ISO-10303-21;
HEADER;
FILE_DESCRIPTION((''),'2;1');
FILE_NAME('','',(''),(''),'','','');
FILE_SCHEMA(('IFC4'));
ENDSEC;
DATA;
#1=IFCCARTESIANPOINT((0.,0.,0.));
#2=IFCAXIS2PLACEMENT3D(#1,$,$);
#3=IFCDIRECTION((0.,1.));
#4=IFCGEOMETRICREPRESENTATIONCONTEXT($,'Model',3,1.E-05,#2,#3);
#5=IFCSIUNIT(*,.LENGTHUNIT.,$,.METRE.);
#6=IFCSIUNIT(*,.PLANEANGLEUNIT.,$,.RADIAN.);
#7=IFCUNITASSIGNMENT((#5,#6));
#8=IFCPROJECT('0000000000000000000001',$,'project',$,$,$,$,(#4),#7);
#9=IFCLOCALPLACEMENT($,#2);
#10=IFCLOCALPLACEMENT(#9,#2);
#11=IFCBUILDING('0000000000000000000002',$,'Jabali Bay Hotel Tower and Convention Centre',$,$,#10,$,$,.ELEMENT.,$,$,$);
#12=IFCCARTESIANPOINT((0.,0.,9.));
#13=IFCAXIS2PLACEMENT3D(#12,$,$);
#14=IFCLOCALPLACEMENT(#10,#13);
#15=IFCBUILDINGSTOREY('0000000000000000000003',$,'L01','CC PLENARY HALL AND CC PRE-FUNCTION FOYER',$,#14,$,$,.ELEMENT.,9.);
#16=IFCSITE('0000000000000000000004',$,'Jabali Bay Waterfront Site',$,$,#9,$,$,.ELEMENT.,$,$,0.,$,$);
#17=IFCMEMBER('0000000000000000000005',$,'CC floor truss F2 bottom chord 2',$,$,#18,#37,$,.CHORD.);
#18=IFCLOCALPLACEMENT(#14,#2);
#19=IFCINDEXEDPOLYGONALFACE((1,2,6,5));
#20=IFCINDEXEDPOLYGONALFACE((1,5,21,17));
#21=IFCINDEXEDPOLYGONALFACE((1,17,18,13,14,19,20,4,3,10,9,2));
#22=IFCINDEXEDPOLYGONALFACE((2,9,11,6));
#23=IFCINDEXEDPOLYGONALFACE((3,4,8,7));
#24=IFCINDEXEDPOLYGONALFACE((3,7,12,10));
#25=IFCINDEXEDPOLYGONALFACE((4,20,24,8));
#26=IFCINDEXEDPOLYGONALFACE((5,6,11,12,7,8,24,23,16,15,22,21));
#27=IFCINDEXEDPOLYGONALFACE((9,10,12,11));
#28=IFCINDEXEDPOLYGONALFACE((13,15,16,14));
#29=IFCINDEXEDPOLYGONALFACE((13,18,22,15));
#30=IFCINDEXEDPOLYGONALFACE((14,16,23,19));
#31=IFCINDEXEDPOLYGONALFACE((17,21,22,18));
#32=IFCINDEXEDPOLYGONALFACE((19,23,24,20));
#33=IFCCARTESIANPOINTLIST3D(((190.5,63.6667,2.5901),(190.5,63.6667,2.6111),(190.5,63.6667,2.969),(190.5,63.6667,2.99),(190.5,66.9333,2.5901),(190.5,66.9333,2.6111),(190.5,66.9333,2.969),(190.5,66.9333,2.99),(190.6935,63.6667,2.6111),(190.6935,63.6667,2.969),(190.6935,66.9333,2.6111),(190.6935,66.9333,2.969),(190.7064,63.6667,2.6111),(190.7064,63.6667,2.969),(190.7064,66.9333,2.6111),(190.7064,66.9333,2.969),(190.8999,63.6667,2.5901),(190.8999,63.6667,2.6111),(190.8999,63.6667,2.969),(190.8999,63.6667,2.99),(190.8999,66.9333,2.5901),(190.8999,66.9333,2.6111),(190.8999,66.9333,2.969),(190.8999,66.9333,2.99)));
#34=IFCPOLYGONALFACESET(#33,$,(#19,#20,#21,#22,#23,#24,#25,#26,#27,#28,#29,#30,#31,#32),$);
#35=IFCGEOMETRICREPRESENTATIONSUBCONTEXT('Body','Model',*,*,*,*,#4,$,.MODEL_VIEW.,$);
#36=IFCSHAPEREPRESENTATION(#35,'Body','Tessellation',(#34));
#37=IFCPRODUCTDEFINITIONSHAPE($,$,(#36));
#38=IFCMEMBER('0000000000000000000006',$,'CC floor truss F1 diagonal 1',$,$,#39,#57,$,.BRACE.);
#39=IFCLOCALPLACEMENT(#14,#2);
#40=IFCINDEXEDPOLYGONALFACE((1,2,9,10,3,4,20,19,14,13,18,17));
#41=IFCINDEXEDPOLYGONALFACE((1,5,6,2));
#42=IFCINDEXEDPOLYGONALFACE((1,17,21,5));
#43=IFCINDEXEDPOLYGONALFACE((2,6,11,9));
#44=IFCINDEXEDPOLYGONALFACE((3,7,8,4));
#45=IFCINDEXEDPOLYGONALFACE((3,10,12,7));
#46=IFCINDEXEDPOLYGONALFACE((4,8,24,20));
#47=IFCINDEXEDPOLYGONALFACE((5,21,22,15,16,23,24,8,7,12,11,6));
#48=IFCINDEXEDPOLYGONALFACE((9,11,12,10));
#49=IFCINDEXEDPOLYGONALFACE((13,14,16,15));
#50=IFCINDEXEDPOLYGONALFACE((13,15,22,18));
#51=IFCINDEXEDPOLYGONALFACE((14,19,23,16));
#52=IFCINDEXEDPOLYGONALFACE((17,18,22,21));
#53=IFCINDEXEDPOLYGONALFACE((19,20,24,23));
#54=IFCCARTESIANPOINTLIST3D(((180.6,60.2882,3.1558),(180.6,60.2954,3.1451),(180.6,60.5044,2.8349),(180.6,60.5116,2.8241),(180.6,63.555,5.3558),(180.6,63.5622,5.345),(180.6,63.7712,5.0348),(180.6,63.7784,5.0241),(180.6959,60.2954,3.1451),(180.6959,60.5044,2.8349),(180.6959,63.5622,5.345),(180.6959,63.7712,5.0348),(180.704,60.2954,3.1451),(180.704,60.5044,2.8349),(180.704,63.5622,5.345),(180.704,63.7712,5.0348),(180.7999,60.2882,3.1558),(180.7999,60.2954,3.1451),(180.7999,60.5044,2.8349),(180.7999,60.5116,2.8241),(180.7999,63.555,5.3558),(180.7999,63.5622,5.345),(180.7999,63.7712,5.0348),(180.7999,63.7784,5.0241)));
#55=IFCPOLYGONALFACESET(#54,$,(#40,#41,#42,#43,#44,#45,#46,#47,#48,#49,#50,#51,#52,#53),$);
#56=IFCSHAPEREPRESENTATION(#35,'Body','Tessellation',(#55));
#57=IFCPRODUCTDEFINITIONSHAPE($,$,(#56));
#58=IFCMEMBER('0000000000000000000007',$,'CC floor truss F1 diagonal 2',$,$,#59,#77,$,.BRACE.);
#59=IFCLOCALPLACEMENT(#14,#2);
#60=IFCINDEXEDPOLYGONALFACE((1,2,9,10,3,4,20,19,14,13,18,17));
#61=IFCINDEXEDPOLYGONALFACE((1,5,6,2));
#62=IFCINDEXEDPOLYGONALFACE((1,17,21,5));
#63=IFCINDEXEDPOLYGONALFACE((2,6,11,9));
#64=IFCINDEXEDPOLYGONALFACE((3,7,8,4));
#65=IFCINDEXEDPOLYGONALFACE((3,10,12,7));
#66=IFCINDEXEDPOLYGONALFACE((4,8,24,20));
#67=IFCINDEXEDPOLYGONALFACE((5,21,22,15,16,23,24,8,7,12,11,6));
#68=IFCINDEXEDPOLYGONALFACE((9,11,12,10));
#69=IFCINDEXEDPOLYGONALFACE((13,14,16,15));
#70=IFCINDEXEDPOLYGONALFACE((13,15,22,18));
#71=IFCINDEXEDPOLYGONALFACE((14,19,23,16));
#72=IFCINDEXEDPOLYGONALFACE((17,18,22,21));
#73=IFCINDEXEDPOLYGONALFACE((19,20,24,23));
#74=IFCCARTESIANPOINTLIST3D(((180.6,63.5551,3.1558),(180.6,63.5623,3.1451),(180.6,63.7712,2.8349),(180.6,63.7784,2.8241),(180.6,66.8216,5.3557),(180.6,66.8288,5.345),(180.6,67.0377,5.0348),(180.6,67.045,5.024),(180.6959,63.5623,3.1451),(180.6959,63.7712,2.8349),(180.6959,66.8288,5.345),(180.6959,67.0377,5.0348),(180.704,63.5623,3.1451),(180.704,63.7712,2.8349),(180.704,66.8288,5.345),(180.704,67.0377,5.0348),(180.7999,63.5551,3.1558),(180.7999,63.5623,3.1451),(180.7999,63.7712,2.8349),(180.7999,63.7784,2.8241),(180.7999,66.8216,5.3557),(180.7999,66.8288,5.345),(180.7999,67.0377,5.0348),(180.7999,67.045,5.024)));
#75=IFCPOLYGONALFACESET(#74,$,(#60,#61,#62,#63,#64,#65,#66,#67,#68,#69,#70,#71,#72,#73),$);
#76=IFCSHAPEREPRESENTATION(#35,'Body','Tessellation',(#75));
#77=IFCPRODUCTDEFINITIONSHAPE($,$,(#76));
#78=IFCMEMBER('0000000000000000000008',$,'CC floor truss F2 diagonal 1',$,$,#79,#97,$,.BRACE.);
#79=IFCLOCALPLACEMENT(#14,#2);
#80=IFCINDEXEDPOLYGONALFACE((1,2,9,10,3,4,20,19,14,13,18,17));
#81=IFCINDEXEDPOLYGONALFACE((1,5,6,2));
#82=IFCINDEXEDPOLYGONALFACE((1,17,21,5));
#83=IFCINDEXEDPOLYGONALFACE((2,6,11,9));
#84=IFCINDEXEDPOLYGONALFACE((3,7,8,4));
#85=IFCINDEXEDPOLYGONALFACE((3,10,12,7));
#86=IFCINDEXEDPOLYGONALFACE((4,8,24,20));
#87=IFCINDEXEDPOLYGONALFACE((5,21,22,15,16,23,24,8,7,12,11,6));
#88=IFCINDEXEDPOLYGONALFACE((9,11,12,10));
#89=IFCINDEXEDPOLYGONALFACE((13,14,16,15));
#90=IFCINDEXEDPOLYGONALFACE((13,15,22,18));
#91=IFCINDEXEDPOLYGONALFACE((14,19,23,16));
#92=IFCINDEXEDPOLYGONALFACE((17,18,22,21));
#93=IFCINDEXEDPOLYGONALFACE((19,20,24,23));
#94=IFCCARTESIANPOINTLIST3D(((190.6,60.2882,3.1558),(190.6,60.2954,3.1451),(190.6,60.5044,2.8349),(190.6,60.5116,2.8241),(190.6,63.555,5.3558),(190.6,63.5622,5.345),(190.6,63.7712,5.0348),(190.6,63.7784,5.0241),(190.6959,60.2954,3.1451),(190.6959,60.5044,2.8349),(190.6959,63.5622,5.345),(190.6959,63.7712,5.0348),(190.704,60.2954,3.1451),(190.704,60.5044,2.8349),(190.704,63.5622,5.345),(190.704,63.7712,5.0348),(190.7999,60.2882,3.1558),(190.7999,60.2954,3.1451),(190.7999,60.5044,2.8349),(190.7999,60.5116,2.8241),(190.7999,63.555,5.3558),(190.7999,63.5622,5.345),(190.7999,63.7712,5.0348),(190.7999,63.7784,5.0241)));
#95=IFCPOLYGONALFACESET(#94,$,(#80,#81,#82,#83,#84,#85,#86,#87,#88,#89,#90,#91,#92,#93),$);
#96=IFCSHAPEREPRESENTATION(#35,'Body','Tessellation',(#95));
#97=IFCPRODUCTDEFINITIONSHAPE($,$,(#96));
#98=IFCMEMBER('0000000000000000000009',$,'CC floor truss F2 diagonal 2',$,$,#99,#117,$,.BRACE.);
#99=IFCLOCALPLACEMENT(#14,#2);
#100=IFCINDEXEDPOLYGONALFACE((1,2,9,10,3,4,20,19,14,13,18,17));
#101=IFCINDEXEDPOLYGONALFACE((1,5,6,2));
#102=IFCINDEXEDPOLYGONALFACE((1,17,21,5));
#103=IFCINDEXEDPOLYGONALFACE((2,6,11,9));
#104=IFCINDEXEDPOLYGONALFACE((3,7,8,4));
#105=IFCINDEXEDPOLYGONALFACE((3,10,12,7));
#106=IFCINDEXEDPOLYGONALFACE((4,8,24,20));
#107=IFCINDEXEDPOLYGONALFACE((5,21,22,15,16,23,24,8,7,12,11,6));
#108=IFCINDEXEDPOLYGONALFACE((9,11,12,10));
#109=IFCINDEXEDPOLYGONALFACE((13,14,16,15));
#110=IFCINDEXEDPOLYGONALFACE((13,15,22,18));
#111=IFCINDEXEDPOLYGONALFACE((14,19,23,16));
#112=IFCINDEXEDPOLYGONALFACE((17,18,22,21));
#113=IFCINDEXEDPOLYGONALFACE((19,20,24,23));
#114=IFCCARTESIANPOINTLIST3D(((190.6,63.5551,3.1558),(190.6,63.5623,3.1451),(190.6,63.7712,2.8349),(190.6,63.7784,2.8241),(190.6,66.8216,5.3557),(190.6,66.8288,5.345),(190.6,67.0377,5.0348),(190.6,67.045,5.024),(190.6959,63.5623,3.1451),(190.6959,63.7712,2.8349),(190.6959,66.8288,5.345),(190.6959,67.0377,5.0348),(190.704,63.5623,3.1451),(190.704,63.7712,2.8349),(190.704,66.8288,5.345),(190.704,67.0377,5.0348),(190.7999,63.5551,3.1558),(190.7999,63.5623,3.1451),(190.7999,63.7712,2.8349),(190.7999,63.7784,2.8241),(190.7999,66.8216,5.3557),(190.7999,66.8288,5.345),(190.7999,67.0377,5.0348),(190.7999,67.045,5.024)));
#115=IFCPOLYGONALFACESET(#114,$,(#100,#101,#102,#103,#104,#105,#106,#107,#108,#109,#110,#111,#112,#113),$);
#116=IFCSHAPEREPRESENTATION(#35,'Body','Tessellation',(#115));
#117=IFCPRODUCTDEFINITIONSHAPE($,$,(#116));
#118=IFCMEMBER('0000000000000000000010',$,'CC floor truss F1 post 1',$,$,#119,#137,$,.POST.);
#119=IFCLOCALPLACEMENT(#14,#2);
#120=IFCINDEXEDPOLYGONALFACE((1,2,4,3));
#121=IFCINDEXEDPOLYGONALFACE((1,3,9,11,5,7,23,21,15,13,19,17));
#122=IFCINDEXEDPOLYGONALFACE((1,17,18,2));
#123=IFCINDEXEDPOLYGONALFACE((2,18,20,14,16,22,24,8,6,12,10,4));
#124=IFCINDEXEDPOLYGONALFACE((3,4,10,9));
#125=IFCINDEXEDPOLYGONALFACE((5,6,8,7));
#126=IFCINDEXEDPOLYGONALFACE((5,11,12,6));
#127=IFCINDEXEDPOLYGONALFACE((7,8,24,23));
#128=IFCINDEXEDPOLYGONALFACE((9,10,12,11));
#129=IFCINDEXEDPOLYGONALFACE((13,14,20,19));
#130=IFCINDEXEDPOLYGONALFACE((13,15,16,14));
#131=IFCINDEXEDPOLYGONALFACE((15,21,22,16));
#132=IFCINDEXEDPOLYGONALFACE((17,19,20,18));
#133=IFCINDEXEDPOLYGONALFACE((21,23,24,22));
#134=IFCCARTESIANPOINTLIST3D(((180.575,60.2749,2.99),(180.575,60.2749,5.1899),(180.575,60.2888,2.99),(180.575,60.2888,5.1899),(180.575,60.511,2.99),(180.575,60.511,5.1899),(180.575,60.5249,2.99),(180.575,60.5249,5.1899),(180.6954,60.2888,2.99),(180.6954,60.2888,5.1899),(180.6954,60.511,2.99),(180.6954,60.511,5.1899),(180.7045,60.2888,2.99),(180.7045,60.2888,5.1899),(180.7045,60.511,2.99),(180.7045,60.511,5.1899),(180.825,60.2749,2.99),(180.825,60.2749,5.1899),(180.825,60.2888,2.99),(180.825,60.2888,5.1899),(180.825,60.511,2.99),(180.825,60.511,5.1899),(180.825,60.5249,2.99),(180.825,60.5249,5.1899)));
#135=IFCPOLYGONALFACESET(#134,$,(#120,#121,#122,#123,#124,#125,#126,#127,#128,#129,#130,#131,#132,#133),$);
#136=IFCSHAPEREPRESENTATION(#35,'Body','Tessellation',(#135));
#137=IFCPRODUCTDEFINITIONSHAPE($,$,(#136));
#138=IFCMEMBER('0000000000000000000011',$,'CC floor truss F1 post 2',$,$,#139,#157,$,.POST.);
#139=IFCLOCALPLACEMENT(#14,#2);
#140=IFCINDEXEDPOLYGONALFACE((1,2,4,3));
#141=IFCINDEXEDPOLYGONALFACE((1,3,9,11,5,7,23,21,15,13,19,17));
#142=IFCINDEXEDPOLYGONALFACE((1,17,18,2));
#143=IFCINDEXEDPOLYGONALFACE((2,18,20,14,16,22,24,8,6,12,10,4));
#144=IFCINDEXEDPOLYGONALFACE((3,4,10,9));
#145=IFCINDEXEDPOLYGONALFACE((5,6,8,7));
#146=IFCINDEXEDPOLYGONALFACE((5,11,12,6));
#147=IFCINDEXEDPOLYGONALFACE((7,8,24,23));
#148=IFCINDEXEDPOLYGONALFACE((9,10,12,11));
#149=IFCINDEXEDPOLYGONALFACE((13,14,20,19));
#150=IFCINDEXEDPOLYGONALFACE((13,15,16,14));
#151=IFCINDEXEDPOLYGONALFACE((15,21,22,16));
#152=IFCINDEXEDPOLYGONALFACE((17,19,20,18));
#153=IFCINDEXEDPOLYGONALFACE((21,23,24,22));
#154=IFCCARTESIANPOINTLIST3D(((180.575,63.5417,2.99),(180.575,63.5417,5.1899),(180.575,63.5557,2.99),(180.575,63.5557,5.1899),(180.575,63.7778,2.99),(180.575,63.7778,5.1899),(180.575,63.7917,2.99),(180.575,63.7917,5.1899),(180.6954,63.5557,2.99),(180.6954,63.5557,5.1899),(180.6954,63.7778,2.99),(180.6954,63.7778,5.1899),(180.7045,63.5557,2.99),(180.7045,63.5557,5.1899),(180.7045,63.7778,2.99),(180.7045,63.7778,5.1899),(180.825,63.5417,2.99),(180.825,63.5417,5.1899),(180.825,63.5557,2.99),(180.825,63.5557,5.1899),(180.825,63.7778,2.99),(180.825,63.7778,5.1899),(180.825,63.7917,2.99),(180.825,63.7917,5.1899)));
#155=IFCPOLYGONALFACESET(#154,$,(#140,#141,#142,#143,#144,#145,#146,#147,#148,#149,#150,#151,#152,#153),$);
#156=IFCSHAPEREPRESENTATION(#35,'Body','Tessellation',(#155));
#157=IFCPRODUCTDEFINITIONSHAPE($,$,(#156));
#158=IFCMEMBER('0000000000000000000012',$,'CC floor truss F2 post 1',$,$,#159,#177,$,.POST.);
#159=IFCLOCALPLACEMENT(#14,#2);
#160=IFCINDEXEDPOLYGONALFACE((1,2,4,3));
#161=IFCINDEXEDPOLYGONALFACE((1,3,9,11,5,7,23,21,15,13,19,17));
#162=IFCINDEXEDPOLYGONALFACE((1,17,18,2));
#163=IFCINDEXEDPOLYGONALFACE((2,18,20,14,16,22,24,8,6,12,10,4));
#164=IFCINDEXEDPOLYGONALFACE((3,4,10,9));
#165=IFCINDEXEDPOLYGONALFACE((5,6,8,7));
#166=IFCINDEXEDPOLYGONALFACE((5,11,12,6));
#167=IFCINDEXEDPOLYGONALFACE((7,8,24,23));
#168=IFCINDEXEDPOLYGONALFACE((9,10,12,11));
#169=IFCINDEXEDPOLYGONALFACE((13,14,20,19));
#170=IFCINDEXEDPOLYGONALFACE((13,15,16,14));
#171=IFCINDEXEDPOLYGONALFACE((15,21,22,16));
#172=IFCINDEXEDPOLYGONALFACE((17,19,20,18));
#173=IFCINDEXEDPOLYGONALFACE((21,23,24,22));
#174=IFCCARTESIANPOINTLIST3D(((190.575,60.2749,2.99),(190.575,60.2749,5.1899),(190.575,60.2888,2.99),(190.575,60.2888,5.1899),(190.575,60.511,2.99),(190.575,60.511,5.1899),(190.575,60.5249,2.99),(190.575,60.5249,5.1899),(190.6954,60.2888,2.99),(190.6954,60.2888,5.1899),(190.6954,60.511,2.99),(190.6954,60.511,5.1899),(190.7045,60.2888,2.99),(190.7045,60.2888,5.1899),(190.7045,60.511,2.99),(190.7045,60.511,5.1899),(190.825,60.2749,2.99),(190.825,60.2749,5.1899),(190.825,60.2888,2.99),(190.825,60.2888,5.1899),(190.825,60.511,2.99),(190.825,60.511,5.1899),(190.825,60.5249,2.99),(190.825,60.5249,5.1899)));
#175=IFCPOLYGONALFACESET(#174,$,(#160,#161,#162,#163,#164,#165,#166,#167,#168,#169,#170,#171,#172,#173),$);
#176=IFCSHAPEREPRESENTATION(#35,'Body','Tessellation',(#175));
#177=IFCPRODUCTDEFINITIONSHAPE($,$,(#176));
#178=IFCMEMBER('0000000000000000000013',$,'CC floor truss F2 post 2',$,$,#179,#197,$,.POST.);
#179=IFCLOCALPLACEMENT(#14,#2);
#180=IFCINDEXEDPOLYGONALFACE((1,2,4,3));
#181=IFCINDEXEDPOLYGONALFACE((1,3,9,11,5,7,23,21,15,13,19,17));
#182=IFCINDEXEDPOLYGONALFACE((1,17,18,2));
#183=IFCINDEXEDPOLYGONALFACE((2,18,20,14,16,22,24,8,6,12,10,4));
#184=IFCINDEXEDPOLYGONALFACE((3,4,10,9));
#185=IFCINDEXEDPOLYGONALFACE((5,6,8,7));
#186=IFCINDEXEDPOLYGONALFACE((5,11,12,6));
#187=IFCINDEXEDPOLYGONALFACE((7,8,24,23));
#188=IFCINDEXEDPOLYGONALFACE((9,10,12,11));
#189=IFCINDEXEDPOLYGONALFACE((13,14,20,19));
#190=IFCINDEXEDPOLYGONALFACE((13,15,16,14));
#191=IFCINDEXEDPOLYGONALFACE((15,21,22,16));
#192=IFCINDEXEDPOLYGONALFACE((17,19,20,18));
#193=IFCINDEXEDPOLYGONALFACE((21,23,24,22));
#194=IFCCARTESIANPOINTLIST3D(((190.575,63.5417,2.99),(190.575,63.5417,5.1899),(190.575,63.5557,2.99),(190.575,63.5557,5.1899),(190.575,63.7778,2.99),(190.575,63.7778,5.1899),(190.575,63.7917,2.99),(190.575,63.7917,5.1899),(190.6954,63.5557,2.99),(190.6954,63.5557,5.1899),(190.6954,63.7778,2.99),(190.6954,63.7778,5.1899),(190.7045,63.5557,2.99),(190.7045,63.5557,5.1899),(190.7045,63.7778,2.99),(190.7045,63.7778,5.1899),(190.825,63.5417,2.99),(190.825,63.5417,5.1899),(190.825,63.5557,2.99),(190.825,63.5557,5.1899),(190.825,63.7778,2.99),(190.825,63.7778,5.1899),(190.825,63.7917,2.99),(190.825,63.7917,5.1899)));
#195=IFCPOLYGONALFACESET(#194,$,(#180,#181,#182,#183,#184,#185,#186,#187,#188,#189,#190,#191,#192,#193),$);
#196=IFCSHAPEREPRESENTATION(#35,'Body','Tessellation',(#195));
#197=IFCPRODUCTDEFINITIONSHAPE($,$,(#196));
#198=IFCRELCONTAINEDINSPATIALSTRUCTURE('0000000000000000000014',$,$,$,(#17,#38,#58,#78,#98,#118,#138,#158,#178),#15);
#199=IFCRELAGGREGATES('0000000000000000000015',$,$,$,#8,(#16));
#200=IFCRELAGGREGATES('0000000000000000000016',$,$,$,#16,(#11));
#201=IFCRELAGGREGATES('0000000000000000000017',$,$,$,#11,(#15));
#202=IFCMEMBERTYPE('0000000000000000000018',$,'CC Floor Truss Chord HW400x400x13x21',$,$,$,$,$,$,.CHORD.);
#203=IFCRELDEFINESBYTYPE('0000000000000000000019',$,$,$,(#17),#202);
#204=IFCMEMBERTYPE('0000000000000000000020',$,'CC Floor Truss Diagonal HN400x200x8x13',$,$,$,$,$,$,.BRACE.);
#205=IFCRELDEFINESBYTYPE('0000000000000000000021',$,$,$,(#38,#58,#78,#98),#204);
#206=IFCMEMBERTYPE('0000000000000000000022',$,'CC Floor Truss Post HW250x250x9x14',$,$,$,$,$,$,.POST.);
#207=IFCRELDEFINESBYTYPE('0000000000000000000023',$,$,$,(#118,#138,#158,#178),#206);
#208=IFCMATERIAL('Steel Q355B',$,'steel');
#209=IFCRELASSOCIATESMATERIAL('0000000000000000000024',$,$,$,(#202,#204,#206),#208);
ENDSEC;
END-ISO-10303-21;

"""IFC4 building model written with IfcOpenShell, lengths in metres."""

from ifc_helpers import new_model, si_unit, direction, frame, origin, origin_2d, place, context, subcontext, project, spatial, i_section, extrude, material, material_profile, profile_set, type_object, element, save


model = new_model("IFC4")

# Units and contexts
model_context = context("Model", 3, precision=1e-05, world=origin(), true_north=direction((0.0, 1.0)))
body_context = subcontext(model_context, "Body", "Model", "MODEL_VIEW")
ifc_project = project(units=[si_unit("LENGTHUNIT", "METRE"), si_unit("PLANEANGLEUNIT", "RADIAN")], contexts=[model_context])

# Site, building, storey
site_placement = place(None, origin())
site = spatial("IfcSite", under=ifc_project, at=site_placement, Name="Jabali Bay Waterfront Site", CompositionType="ELEMENT", RefElevation=0.0)
building_placement = place(site_placement, origin())
building = spatial("IfcBuilding", under=site, at=building_placement, Name="Jabali Bay Hotel Tower and Convention Centre", CompositionType="ELEMENT")
storey_placement = place(building_placement, frame((0.0, 0.0, 9.0)))
storey = spatial("IfcBuildingStorey", under=building, at=storey_placement, Name="L01", Description="CC PLENARY HALL AND CC PRE-FUNCTION FOYER", CompositionType="ELEMENT", Elevation=9.0)

# Members
ifc_material_1 = material(Name="Steel Q355B", Category="steel")
ifc_material_profile_1 = material_profile(ifc_material_1, i_section(OverallWidth=0.3999, OverallDepth=0.3999, WebThickness=0.0129, FlangeThickness=0.021, at=origin_2d()), Name="HW400x400x13x21")
ifc_profile_set_1 = profile_set([ifc_material_profile_1], Name="Steel Q355B")
member_type_1 = type_object("IfcMemberType", Name="CC Floor Truss Chord HW400x400x13x21", PredefinedType="CHORD", material=ifc_profile_set_1)
for number, where, z_axis, x_axis, name in (
    (1, (190.7, 63.6667, 2.79), (0.0, 1.0, 0.0), (-1.0, 0.0, 0.0), "CC floor truss F2 bottom chord 2"),
):
    element("IfcMember", number, at=place(storey_placement, frame(where, z_axis=z_axis, x_axis=x_axis)), inside=storey, type_object=member_type_1, Name=name, PredefinedType="CHORD", context=body_context, shape_type="SweptSolid", body=[
        extrude(i_section(OverallWidth=0.3999, OverallDepth=0.3999, WebThickness=0.0129, FlangeThickness=0.021, at=origin_2d()), origin(), (0.0, 0.0, 1.0), 3.2666),
    ])
ifc_material_profile_2 = material_profile(ifc_material_1, i_section(OverallWidth=0.2, OverallDepth=0.3999, WebThickness=0.0081, FlangeThickness=0.0129, at=origin_2d()), Name="HN400x200x8x13")
ifc_profile_set_2 = profile_set([ifc_material_profile_2], Name="Steel Q355B")
member_type_2 = type_object("IfcMemberType", Name="CC Floor Truss Diagonal HN400x200x8x13", PredefinedType="BRACE", material=ifc_profile_set_2)
member_1_placement = place(storey_placement, frame((180.7, 60.3999, 2.99), z_axis=(0.0, 0.829457, 0.558571), x_axis=(-1.0, 0.0, 0.0)))
element("IfcMember", 2, at=member_1_placement, inside=storey, type_object=member_type_2, Name="CC floor truss F1 diagonal 1", PredefinedType="BRACE", context=body_context, shape_type="SweptSolid", body=[
    extrude(i_section(OverallWidth=0.2, OverallDepth=0.3999, WebThickness=0.0081, FlangeThickness=0.0129, at=origin_2d()), origin(), (0.0, 0.0, 1.0), 3.9385),
])
member_2_placement = place(storey_placement, frame((180.7, 63.6667, 2.99), z_axis=(0.0, 0.829438, 0.5586), x_axis=(-1.0, 0.0, 0.0)))
element("IfcMember", 3, at=member_2_placement, inside=storey, type_object=member_type_2, Name="CC floor truss F1 diagonal 2", PredefinedType="BRACE", context=body_context, shape_type="SweptSolid", body=[
    extrude(i_section(OverallWidth=0.2, OverallDepth=0.3999, WebThickness=0.0081, FlangeThickness=0.0129, at=origin_2d()), origin(), (0.0, 0.0, 1.0), 3.9382),
])
member_3_placement = place(storey_placement, frame((190.7, 60.3999, 2.99), z_axis=(0.0, 0.829457, 0.558571), x_axis=(-1.0, 0.0, 0.0)))
element("IfcMember", 4, at=member_3_placement, inside=storey, type_object=member_type_2, Name="CC floor truss F2 diagonal 1", PredefinedType="BRACE", context=body_context, shape_type="SweptSolid", body=[
    extrude(i_section(OverallWidth=0.2, OverallDepth=0.3999, WebThickness=0.0081, FlangeThickness=0.0129, at=origin_2d()), origin(), (0.0, 0.0, 1.0), 3.9385),
])
member_4_placement = place(storey_placement, frame((190.7, 63.6667, 2.99), z_axis=(0.0, 0.829438, 0.5586), x_axis=(-1.0, 0.0, 0.0)))
element("IfcMember", 5, at=member_4_placement, inside=storey, type_object=member_type_2, Name="CC floor truss F2 diagonal 2", PredefinedType="BRACE", context=body_context, shape_type="SweptSolid", body=[
    extrude(i_section(OverallWidth=0.2, OverallDepth=0.3999, WebThickness=0.0081, FlangeThickness=0.0129, at=origin_2d()), origin(), (0.0, 0.0, 1.0), 3.9382),
])
ifc_material_profile_3 = material_profile(ifc_material_1, i_section(OverallWidth=0.25, OverallDepth=0.25, WebThickness=0.009, FlangeThickness=0.0139, at=origin_2d()), Name="HW250x250x9x14")
ifc_profile_set_3 = profile_set([ifc_material_profile_3], Name="Steel Q355B")
member_type_3 = type_object("IfcMemberType", Name="CC Floor Truss Post HW250x250x9x14", PredefinedType="POST", material=ifc_profile_set_3)
for number, where, z_axis, x_axis, name in (
    (6, (180.7, 60.3999, 2.99), (0.0, 0.0, 1.0), (1.0, 0.0, 0.0), "CC floor truss F1 post 1"),
    (7, (180.7, 63.6667, 2.99), (0.0, 0.0, 1.0), (1.0, 0.0, 0.0), "CC floor truss F1 post 2"),
    (8, (190.7, 60.3999, 2.99), (0.0, 0.0, 1.0), (1.0, 0.0, 0.0), "CC floor truss F2 post 1"),
    (9, (190.7, 63.6667, 2.99), (0.0, 0.0, 1.0), (1.0, 0.0, 0.0), "CC floor truss F2 post 2"),
):
    element("IfcMember", number, at=place(storey_placement, frame(where, z_axis=z_axis, x_axis=x_axis)), inside=storey, type_object=member_type_3, Name=name, PredefinedType="POST", context=body_context, shape_type="SweptSolid", body=[
        extrude(i_section(OverallWidth=0.25, OverallDepth=0.25, WebThickness=0.009, FlangeThickness=0.0139, at=origin_2d()), origin(), (0.0, 0.0, 1.0), 2.2),
    ])

save(model, "model.ifc")
